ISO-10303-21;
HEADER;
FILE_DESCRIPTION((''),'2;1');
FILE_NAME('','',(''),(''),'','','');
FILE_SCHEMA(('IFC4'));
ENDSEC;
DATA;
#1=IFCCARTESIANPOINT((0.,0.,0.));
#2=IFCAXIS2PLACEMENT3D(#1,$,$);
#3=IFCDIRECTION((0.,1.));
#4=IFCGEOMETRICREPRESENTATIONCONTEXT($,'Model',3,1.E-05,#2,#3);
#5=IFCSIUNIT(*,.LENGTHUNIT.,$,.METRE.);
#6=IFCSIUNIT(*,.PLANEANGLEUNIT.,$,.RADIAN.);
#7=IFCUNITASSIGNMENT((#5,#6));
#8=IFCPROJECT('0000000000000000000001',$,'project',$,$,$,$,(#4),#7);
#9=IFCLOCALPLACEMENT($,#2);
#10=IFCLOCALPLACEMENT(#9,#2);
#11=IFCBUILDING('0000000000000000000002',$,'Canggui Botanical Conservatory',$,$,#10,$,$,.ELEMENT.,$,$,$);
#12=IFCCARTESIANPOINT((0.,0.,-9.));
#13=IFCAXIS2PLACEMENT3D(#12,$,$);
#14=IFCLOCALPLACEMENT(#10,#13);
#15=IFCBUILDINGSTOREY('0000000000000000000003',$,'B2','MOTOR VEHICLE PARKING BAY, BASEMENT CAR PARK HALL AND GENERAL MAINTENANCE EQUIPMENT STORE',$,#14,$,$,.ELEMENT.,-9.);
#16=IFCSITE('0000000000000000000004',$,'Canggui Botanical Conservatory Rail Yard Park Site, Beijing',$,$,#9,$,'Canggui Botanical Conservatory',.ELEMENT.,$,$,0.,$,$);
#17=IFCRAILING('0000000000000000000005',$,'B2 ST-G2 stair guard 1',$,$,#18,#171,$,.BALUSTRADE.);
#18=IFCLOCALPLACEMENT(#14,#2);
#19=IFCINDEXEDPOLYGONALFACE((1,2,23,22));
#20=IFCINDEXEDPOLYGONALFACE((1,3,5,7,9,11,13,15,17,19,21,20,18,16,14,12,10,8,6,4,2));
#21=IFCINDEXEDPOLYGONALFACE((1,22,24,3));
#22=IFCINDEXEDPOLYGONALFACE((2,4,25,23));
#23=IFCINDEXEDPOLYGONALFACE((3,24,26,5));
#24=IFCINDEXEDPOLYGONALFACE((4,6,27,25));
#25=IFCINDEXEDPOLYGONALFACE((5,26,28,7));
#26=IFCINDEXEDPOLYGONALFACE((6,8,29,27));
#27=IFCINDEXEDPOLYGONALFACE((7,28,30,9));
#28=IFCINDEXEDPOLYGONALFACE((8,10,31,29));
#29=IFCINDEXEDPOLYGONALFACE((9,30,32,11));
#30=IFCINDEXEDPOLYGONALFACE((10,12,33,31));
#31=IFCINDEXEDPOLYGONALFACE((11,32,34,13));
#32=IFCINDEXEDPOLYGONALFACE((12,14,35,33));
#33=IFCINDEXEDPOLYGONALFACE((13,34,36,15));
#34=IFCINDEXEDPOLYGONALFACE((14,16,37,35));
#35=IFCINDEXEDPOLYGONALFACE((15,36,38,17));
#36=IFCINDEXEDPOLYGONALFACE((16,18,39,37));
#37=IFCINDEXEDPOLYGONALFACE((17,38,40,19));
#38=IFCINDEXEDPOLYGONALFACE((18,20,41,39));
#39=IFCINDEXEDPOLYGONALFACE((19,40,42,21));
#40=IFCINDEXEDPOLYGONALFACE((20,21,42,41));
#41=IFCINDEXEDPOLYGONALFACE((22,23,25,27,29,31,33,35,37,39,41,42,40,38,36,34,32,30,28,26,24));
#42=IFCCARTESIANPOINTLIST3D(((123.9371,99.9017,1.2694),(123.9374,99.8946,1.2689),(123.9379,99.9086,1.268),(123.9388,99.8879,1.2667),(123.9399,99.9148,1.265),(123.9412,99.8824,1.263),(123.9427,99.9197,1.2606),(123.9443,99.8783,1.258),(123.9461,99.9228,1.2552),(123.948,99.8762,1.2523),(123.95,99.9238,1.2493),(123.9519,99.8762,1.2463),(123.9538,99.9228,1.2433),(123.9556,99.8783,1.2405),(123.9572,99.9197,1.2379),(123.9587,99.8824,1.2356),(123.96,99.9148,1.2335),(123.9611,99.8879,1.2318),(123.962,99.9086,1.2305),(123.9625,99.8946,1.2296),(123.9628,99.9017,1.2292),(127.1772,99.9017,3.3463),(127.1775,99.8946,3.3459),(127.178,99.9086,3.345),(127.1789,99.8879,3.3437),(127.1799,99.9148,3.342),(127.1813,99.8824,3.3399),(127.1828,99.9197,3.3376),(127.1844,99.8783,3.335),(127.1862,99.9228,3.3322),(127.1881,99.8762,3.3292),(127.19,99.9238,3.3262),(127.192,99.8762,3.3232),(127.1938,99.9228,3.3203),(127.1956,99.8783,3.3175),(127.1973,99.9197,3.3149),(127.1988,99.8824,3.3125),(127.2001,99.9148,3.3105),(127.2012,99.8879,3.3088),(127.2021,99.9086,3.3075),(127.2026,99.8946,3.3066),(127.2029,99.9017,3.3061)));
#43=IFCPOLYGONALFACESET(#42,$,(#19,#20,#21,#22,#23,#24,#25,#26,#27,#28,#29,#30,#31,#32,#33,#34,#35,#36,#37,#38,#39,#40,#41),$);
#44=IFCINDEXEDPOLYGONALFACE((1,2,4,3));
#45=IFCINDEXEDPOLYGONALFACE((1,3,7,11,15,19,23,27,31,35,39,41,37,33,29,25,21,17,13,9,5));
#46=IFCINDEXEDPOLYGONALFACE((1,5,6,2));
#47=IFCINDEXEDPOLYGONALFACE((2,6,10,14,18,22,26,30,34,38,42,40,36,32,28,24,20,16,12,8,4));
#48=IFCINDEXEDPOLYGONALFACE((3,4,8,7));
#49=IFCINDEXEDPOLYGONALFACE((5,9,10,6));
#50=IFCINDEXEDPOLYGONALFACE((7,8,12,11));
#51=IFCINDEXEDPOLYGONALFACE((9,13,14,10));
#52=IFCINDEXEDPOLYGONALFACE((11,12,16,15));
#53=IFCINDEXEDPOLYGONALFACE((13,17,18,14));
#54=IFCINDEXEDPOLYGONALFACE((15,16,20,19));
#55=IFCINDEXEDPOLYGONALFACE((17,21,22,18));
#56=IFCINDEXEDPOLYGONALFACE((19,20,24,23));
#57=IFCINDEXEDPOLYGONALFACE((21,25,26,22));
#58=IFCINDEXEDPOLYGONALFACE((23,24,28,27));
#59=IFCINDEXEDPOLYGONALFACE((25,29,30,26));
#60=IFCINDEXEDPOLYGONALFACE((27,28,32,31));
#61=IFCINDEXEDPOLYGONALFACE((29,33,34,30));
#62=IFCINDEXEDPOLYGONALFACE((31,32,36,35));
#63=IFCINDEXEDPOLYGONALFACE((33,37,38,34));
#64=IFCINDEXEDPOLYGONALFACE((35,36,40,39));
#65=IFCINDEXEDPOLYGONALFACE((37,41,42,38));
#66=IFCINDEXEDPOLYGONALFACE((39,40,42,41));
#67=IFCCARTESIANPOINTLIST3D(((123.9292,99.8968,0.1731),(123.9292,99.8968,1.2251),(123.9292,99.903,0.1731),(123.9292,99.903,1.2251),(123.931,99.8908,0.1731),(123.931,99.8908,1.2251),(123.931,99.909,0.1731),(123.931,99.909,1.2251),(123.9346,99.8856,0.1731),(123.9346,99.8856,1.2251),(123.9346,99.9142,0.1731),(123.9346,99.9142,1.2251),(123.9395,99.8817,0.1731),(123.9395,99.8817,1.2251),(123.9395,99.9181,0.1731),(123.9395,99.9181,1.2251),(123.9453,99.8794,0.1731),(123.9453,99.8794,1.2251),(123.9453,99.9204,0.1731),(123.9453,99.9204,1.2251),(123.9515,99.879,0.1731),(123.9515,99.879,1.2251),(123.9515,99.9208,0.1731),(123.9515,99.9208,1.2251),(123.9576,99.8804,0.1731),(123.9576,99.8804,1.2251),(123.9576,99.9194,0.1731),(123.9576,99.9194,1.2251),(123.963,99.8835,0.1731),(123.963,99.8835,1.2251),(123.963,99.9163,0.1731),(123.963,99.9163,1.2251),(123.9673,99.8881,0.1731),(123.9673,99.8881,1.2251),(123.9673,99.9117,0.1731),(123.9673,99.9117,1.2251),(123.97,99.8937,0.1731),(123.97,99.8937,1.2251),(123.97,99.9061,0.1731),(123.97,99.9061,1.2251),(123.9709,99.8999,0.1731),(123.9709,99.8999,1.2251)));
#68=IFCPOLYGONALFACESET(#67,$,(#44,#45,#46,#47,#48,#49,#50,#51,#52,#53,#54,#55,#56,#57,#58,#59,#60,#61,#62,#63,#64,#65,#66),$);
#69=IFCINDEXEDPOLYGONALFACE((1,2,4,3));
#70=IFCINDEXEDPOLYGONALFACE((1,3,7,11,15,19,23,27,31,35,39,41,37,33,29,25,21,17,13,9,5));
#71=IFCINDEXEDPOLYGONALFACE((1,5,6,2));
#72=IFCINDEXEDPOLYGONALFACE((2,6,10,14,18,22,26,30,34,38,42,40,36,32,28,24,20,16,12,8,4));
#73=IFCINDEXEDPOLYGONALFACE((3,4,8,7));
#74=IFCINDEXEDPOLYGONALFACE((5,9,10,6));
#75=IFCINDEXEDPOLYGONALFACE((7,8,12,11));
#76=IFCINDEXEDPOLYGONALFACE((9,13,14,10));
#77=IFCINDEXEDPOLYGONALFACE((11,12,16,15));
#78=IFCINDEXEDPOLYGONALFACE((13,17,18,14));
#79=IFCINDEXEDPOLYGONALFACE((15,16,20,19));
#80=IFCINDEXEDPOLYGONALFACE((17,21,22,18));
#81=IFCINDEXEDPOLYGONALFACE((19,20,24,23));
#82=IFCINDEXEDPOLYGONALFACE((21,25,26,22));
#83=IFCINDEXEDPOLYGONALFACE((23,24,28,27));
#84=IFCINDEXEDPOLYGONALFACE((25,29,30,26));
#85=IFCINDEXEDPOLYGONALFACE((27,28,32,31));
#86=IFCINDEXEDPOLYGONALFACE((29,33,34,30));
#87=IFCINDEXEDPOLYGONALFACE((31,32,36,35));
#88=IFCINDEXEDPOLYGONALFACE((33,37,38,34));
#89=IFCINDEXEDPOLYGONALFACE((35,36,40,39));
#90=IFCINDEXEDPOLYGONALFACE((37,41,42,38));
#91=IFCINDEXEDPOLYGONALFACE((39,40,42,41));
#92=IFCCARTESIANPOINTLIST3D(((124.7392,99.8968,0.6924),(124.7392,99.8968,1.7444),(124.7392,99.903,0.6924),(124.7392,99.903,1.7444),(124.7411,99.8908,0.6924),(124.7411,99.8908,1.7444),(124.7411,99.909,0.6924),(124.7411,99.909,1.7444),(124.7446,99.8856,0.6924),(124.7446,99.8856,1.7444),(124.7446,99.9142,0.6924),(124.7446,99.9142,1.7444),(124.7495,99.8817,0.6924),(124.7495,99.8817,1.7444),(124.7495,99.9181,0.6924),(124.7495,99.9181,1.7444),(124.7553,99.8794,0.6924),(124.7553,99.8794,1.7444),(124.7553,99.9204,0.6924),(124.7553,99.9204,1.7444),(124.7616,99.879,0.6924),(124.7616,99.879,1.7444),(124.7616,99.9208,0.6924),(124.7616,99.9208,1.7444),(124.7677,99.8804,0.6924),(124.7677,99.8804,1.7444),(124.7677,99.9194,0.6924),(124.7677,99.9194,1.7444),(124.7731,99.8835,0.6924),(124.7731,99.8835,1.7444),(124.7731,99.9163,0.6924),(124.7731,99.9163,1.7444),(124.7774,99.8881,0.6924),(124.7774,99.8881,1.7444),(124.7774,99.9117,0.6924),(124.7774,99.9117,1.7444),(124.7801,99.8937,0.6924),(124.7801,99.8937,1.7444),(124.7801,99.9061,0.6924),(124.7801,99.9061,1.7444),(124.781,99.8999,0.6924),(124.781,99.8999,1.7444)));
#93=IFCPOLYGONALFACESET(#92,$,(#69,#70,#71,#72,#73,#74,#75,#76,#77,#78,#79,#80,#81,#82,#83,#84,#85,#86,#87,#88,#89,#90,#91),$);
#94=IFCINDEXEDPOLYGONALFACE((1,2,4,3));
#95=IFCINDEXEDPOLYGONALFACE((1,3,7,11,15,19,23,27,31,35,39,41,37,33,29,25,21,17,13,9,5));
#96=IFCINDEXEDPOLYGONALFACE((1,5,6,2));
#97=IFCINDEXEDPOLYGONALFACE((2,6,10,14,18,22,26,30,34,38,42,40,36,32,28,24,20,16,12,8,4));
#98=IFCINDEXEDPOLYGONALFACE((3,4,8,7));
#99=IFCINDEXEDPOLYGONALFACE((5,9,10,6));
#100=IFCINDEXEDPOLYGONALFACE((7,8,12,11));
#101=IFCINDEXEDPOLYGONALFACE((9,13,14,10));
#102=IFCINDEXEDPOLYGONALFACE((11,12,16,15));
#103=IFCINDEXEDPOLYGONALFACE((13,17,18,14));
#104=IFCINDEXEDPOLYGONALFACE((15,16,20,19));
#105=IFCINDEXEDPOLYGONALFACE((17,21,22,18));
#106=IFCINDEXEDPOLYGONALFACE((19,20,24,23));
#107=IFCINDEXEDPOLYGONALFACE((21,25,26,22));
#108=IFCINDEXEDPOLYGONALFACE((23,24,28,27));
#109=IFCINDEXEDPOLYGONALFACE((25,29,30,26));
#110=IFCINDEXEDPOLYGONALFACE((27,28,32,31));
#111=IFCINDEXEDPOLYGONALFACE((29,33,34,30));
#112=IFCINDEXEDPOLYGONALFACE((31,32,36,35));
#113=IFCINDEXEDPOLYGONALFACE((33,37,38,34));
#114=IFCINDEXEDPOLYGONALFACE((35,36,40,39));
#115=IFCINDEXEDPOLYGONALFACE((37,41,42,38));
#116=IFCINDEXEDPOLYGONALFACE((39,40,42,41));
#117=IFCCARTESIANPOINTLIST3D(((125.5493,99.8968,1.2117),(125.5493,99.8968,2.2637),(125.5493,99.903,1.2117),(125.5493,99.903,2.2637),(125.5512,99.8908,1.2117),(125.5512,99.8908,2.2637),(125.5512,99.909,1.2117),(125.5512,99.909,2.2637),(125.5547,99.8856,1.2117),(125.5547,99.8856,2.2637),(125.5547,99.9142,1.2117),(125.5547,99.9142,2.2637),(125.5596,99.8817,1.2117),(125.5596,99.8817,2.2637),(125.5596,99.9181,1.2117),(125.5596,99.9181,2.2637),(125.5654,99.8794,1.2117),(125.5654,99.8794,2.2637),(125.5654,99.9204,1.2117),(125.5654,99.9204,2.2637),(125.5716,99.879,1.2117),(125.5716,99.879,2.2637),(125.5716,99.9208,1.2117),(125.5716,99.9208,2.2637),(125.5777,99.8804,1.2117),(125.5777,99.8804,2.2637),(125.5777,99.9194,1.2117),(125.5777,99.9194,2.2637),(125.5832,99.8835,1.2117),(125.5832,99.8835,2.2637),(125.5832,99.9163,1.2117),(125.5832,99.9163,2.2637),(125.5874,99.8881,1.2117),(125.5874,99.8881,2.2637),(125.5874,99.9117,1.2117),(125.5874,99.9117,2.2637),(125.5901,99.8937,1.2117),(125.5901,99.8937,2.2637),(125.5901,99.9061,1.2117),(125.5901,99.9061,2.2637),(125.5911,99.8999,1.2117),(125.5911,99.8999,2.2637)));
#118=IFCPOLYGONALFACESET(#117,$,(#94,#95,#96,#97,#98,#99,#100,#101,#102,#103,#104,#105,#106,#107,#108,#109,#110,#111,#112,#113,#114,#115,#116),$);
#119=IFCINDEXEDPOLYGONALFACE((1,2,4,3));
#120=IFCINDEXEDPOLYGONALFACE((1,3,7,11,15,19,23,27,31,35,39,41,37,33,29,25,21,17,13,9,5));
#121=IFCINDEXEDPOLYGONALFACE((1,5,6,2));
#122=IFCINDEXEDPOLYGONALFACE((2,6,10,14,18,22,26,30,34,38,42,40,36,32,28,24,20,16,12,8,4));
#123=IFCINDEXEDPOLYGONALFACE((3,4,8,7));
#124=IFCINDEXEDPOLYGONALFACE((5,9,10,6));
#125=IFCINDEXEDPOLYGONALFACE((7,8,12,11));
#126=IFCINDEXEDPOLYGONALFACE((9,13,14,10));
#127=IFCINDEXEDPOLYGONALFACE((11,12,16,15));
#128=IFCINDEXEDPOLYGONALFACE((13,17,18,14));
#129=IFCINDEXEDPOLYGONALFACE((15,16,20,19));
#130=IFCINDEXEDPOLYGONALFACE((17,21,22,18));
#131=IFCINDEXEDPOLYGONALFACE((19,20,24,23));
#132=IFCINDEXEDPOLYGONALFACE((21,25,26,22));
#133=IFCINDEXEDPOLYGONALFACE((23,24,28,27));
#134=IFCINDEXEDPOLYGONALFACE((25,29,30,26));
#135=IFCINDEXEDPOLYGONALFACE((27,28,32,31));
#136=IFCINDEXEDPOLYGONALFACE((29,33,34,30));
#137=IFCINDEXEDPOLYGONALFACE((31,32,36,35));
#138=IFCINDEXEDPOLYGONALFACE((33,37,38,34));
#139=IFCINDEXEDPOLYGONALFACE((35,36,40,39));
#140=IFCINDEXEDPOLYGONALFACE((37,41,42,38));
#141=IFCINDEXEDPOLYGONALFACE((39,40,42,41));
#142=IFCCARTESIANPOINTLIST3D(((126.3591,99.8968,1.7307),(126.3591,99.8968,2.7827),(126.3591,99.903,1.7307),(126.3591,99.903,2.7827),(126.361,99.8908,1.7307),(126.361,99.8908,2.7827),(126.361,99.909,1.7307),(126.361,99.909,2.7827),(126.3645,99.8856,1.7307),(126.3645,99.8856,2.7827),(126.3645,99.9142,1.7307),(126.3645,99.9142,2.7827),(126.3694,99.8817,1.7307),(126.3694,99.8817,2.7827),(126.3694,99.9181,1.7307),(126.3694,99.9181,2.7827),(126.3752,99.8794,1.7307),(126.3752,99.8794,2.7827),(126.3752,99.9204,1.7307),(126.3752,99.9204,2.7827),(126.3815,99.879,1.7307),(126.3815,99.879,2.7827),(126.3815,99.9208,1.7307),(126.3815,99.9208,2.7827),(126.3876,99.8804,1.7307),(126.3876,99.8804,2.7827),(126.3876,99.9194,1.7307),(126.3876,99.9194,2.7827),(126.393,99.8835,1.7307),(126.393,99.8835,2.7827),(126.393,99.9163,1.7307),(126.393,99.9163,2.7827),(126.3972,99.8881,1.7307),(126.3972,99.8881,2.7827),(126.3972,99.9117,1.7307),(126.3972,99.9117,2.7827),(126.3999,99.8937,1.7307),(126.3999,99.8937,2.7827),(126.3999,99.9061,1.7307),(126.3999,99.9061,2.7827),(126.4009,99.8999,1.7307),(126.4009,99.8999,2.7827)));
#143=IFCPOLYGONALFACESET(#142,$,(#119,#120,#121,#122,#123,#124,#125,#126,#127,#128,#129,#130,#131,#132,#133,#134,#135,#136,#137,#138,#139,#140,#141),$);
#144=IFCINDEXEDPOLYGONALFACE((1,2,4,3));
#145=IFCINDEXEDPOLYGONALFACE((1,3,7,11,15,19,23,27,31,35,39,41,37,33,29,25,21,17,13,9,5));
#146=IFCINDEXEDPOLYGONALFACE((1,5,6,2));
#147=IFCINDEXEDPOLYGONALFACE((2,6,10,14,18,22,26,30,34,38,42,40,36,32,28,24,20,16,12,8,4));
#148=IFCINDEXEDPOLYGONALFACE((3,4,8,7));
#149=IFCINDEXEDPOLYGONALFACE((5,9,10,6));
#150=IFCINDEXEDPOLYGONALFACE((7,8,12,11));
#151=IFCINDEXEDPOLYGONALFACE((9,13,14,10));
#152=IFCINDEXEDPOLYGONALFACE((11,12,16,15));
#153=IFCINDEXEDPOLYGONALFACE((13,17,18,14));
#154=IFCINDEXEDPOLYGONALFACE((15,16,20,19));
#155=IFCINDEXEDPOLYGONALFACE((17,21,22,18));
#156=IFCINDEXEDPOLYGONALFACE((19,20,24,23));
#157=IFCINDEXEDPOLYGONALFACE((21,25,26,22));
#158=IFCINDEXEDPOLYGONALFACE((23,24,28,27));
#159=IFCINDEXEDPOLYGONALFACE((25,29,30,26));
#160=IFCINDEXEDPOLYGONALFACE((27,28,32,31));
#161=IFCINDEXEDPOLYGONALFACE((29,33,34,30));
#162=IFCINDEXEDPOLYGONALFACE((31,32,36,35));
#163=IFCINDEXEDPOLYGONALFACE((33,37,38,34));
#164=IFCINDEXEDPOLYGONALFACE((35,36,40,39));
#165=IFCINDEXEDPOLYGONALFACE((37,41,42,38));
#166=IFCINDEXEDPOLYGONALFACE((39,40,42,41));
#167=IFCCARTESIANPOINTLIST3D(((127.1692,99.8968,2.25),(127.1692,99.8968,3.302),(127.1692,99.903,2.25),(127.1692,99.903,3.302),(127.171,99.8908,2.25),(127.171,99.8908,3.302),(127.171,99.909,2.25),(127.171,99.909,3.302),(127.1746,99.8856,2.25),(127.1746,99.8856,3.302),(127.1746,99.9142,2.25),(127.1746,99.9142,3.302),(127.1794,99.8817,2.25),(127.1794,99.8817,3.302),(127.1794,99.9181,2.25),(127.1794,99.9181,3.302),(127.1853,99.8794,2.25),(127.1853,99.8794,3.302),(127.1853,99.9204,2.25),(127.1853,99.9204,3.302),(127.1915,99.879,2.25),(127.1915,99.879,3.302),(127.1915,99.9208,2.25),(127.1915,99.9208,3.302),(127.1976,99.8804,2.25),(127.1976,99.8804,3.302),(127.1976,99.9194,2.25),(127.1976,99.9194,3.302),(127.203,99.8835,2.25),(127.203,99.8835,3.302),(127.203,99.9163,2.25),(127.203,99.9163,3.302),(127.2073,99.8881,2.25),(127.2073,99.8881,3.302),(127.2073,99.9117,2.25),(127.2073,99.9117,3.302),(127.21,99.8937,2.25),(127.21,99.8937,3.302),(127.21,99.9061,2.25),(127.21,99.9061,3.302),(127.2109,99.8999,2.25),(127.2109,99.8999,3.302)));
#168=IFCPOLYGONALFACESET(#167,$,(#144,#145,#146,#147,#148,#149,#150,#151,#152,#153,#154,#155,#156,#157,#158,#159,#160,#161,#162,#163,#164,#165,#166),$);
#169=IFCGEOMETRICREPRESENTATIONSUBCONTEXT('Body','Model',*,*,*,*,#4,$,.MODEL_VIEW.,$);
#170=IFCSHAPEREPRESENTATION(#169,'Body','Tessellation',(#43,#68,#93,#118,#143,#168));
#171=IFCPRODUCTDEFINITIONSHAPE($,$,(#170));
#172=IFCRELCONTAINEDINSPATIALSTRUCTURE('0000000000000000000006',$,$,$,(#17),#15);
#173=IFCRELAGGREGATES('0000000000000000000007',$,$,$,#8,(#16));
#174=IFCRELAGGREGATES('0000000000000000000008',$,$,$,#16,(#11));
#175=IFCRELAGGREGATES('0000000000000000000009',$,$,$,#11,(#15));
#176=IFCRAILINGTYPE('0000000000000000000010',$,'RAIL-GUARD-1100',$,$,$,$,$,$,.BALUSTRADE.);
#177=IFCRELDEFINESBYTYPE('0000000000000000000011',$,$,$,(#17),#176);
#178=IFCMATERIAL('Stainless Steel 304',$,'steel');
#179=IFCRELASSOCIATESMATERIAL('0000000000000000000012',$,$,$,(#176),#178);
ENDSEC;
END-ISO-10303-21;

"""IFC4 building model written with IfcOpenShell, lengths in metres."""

from ifc_helpers import new_model, si_unit, direction, frame, origin, origin_2d, place, context, subcontext, project, spatial, circle, extrude, material, type_object, element, save


model = new_model("IFC4")

# Units and contexts
model_context = context("Model", 3, precision=1e-05, world=origin(), true_north=direction((0.0, 1.0)))
body_context = subcontext(model_context, "Body", "Model", "MODEL_VIEW")
ifc_project = project(units=[si_unit("LENGTHUNIT", "METRE"), si_unit("PLANEANGLEUNIT", "RADIAN")], contexts=[model_context])

# Site, building, storey
site_placement = place(None, origin())
site = spatial("IfcSite", under=ifc_project, at=site_placement, Name="Canggui Botanical Conservatory Rail Yard Park Site, Beijing", LongName="Canggui Botanical Conservatory", CompositionType="ELEMENT", RefElevation=0.0)
building_placement = place(site_placement, origin())
building = spatial("IfcBuilding", under=site, at=building_placement, Name="Canggui Botanical Conservatory", CompositionType="ELEMENT")
storey_placement = place(building_placement, frame((0.0, 0.0, -9.0)))
storey = spatial("IfcBuildingStorey", under=building, at=storey_placement, Name="B2", Description="MOTOR VEHICLE PARKING BAY, BASEMENT CAR PARK HALL AND GENERAL MAINTENANCE EQUIPMENT STORE", CompositionType="ELEMENT", Elevation=-9.0)

# Railing
ifc_material_1 = material(Name="Stainless Steel 304", Category="steel")
railing_type_1 = type_object("IfcRailingType", Name="RAIL-GUARD-1100", PredefinedType="BALUSTRADE", material=ifc_material_1)
railing_1_placement = place(storey_placement, frame((123.95, 99.8999, 0.1731)))
element("IfcRailing", 1, at=railing_1_placement, inside=storey, type_object=railing_type_1, Name="B2 ST-G2 stair guard 1", PredefinedType="BALUSTRADE", context=body_context, shape_type="SweptSolid", body=[
    extrude(circle(Radius=0.0239, at=origin_2d()), frame((0.0, 0.0, 1.0762), z_axis=(0.841881, 0.0, 0.539664), x_axis=(0.0, 1.0, 0.0)), (0.0, 0.0, 1.0), 3.8486),
    extrude(circle(Radius=0.021, at=origin_2d()), origin(), (0.0, 0.0, 1.0), 1.052),
    extrude(circle(Radius=0.021, at=origin_2d()), frame((0.8101, 0.0, 0.5193)), (0.0, 0.0, 1.0), 1.052),
    extrude(circle(Radius=0.021, at=origin_2d()), frame((1.6201, 0.0, 1.0386)), (0.0, 0.0, 1.0), 1.052),
    extrude(circle(Radius=0.021, at=origin_2d()), frame((2.4299, 0.0, 1.5576)), (0.0, 0.0, 1.0), 1.052),
    extrude(circle(Radius=0.021, at=origin_2d()), frame((3.24, 0.0, 2.0769)), (0.0, 0.0, 1.0), 1.052),
])

save(model, "model.ifc")
